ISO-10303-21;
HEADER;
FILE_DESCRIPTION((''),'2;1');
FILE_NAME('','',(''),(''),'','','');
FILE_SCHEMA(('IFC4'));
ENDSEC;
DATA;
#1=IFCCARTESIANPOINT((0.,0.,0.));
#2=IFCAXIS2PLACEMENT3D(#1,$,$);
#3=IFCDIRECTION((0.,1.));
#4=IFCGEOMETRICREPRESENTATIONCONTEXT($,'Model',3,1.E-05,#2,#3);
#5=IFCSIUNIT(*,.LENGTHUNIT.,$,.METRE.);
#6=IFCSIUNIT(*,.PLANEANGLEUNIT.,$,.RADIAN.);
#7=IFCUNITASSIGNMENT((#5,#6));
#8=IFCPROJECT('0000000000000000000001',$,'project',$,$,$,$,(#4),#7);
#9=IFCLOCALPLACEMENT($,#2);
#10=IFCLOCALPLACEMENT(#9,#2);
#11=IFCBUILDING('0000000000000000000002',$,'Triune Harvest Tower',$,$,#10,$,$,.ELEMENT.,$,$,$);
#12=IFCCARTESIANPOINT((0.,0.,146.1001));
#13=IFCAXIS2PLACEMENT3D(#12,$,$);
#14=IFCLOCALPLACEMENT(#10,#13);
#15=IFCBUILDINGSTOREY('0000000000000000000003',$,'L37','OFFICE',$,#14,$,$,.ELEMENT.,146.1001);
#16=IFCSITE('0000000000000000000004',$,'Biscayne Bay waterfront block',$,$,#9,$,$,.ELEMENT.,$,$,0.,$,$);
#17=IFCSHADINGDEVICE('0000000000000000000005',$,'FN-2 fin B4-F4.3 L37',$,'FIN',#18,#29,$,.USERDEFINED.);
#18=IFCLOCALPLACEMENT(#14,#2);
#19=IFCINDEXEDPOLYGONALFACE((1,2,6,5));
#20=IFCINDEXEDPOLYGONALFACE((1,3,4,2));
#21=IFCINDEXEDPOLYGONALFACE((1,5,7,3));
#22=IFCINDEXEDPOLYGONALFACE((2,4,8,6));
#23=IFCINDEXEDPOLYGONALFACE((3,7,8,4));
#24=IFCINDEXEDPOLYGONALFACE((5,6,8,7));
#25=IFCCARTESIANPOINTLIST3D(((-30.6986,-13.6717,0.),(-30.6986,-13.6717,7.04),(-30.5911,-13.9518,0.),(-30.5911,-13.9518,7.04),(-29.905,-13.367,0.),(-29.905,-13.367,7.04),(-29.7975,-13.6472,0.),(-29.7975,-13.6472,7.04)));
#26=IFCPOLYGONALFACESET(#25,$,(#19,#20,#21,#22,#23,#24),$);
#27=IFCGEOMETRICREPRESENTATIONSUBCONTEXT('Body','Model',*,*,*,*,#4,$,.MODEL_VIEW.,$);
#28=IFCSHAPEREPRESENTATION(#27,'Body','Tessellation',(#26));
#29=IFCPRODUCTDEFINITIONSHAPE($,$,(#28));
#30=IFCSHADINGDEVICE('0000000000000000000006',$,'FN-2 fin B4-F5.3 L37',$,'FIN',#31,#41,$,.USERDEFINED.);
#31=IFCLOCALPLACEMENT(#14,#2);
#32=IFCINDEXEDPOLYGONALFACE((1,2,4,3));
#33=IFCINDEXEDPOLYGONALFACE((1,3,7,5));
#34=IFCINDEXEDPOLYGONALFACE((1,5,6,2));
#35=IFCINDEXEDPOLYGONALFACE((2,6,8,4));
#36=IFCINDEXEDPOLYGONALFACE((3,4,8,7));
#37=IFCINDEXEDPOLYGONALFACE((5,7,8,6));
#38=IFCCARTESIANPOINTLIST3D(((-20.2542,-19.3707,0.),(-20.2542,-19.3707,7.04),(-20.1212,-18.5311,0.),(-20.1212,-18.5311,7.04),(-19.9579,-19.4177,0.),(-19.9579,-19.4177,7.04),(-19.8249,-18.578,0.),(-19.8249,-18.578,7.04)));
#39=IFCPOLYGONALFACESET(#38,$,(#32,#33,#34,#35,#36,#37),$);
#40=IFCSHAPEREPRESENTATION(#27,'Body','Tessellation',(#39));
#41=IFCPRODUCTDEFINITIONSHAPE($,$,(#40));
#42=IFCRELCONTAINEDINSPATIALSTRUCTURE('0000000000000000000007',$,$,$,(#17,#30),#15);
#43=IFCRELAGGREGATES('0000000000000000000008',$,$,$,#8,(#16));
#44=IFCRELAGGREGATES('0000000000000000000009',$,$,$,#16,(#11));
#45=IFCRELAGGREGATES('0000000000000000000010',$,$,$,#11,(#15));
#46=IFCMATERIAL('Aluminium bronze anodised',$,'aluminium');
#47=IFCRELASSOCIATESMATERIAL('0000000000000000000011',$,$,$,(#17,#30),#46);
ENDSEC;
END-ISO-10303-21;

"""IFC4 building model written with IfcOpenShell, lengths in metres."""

from ifc_helpers import new_model, si_unit, direction, frame, origin, origin_2d, place, context, subcontext, project, spatial, rectangle, extrude, source, transform, mapped, material, element, save


model = new_model("IFC4")

# Units and contexts
model_context = context("Model", 3, precision=1e-05, world=origin(), true_north=direction((0.0, 1.0)))
body_context = subcontext(model_context, "Body", "Model", "MODEL_VIEW")
ifc_project = project(units=[si_unit("LENGTHUNIT", "METRE"), si_unit("PLANEANGLEUNIT", "RADIAN")], contexts=[model_context])

# Site, building, storey
site_placement = place(None, origin())
site = spatial("IfcSite", under=ifc_project, at=site_placement, Name="Biscayne Bay waterfront block", CompositionType="ELEMENT", RefElevation=0.0)
building_placement = place(site_placement, origin())
building = spatial("IfcBuilding", under=site, at=building_placement, Name="Triune Harvest Tower", CompositionType="ELEMENT")
storey_placement = place(building_placement, frame((0.0, 0.0, 146.1001)))
storey = spatial("IfcBuildingStorey", under=building, at=storey_placement, Name="L37", Description="OFFICE", CompositionType="ELEMENT", Elevation=146.1001)

# Shading devices
ifc_material_1 = material(Name="Aluminium bronze anodised", Category="aluminium")
shared_shape_1 = source(origin(), body_context, "Body", "SweptSolid", [
    extrude(rectangle(XDim=0.3, YDim=0.8501, at=origin_2d()), origin(), (0.0, 0.0, 1.0), 7.04),
])
for number, where, z_axis, x_axis, name in (
    (1, (-30.248, -13.6594, 0.0), (0.0, 0.0, 1.0), (0.358369, -0.93358, 0.0), "FN-2 fin B4-F4.3 L37"),
    (2, (-20.0396, -18.9744, 0.0), (0.0, 0.0, 1.0), (0.987688, -0.156435, 0.0), "FN-2 fin B4-F5.3 L37"),
):
    element("IfcShadingDevice", number, at=place(storey_placement, frame(where, z_axis=z_axis, x_axis=x_axis)), inside=storey, material=ifc_material_1, Name=name, ObjectType="FIN", PredefinedType="USERDEFINED", context=body_context, shape_type="MappedRepresentation", body=[
        mapped(shared_shape_1, transform((0.0, 0.0, 0.0), scale=1.0)),
    ])

save(model, "model.ifc")
